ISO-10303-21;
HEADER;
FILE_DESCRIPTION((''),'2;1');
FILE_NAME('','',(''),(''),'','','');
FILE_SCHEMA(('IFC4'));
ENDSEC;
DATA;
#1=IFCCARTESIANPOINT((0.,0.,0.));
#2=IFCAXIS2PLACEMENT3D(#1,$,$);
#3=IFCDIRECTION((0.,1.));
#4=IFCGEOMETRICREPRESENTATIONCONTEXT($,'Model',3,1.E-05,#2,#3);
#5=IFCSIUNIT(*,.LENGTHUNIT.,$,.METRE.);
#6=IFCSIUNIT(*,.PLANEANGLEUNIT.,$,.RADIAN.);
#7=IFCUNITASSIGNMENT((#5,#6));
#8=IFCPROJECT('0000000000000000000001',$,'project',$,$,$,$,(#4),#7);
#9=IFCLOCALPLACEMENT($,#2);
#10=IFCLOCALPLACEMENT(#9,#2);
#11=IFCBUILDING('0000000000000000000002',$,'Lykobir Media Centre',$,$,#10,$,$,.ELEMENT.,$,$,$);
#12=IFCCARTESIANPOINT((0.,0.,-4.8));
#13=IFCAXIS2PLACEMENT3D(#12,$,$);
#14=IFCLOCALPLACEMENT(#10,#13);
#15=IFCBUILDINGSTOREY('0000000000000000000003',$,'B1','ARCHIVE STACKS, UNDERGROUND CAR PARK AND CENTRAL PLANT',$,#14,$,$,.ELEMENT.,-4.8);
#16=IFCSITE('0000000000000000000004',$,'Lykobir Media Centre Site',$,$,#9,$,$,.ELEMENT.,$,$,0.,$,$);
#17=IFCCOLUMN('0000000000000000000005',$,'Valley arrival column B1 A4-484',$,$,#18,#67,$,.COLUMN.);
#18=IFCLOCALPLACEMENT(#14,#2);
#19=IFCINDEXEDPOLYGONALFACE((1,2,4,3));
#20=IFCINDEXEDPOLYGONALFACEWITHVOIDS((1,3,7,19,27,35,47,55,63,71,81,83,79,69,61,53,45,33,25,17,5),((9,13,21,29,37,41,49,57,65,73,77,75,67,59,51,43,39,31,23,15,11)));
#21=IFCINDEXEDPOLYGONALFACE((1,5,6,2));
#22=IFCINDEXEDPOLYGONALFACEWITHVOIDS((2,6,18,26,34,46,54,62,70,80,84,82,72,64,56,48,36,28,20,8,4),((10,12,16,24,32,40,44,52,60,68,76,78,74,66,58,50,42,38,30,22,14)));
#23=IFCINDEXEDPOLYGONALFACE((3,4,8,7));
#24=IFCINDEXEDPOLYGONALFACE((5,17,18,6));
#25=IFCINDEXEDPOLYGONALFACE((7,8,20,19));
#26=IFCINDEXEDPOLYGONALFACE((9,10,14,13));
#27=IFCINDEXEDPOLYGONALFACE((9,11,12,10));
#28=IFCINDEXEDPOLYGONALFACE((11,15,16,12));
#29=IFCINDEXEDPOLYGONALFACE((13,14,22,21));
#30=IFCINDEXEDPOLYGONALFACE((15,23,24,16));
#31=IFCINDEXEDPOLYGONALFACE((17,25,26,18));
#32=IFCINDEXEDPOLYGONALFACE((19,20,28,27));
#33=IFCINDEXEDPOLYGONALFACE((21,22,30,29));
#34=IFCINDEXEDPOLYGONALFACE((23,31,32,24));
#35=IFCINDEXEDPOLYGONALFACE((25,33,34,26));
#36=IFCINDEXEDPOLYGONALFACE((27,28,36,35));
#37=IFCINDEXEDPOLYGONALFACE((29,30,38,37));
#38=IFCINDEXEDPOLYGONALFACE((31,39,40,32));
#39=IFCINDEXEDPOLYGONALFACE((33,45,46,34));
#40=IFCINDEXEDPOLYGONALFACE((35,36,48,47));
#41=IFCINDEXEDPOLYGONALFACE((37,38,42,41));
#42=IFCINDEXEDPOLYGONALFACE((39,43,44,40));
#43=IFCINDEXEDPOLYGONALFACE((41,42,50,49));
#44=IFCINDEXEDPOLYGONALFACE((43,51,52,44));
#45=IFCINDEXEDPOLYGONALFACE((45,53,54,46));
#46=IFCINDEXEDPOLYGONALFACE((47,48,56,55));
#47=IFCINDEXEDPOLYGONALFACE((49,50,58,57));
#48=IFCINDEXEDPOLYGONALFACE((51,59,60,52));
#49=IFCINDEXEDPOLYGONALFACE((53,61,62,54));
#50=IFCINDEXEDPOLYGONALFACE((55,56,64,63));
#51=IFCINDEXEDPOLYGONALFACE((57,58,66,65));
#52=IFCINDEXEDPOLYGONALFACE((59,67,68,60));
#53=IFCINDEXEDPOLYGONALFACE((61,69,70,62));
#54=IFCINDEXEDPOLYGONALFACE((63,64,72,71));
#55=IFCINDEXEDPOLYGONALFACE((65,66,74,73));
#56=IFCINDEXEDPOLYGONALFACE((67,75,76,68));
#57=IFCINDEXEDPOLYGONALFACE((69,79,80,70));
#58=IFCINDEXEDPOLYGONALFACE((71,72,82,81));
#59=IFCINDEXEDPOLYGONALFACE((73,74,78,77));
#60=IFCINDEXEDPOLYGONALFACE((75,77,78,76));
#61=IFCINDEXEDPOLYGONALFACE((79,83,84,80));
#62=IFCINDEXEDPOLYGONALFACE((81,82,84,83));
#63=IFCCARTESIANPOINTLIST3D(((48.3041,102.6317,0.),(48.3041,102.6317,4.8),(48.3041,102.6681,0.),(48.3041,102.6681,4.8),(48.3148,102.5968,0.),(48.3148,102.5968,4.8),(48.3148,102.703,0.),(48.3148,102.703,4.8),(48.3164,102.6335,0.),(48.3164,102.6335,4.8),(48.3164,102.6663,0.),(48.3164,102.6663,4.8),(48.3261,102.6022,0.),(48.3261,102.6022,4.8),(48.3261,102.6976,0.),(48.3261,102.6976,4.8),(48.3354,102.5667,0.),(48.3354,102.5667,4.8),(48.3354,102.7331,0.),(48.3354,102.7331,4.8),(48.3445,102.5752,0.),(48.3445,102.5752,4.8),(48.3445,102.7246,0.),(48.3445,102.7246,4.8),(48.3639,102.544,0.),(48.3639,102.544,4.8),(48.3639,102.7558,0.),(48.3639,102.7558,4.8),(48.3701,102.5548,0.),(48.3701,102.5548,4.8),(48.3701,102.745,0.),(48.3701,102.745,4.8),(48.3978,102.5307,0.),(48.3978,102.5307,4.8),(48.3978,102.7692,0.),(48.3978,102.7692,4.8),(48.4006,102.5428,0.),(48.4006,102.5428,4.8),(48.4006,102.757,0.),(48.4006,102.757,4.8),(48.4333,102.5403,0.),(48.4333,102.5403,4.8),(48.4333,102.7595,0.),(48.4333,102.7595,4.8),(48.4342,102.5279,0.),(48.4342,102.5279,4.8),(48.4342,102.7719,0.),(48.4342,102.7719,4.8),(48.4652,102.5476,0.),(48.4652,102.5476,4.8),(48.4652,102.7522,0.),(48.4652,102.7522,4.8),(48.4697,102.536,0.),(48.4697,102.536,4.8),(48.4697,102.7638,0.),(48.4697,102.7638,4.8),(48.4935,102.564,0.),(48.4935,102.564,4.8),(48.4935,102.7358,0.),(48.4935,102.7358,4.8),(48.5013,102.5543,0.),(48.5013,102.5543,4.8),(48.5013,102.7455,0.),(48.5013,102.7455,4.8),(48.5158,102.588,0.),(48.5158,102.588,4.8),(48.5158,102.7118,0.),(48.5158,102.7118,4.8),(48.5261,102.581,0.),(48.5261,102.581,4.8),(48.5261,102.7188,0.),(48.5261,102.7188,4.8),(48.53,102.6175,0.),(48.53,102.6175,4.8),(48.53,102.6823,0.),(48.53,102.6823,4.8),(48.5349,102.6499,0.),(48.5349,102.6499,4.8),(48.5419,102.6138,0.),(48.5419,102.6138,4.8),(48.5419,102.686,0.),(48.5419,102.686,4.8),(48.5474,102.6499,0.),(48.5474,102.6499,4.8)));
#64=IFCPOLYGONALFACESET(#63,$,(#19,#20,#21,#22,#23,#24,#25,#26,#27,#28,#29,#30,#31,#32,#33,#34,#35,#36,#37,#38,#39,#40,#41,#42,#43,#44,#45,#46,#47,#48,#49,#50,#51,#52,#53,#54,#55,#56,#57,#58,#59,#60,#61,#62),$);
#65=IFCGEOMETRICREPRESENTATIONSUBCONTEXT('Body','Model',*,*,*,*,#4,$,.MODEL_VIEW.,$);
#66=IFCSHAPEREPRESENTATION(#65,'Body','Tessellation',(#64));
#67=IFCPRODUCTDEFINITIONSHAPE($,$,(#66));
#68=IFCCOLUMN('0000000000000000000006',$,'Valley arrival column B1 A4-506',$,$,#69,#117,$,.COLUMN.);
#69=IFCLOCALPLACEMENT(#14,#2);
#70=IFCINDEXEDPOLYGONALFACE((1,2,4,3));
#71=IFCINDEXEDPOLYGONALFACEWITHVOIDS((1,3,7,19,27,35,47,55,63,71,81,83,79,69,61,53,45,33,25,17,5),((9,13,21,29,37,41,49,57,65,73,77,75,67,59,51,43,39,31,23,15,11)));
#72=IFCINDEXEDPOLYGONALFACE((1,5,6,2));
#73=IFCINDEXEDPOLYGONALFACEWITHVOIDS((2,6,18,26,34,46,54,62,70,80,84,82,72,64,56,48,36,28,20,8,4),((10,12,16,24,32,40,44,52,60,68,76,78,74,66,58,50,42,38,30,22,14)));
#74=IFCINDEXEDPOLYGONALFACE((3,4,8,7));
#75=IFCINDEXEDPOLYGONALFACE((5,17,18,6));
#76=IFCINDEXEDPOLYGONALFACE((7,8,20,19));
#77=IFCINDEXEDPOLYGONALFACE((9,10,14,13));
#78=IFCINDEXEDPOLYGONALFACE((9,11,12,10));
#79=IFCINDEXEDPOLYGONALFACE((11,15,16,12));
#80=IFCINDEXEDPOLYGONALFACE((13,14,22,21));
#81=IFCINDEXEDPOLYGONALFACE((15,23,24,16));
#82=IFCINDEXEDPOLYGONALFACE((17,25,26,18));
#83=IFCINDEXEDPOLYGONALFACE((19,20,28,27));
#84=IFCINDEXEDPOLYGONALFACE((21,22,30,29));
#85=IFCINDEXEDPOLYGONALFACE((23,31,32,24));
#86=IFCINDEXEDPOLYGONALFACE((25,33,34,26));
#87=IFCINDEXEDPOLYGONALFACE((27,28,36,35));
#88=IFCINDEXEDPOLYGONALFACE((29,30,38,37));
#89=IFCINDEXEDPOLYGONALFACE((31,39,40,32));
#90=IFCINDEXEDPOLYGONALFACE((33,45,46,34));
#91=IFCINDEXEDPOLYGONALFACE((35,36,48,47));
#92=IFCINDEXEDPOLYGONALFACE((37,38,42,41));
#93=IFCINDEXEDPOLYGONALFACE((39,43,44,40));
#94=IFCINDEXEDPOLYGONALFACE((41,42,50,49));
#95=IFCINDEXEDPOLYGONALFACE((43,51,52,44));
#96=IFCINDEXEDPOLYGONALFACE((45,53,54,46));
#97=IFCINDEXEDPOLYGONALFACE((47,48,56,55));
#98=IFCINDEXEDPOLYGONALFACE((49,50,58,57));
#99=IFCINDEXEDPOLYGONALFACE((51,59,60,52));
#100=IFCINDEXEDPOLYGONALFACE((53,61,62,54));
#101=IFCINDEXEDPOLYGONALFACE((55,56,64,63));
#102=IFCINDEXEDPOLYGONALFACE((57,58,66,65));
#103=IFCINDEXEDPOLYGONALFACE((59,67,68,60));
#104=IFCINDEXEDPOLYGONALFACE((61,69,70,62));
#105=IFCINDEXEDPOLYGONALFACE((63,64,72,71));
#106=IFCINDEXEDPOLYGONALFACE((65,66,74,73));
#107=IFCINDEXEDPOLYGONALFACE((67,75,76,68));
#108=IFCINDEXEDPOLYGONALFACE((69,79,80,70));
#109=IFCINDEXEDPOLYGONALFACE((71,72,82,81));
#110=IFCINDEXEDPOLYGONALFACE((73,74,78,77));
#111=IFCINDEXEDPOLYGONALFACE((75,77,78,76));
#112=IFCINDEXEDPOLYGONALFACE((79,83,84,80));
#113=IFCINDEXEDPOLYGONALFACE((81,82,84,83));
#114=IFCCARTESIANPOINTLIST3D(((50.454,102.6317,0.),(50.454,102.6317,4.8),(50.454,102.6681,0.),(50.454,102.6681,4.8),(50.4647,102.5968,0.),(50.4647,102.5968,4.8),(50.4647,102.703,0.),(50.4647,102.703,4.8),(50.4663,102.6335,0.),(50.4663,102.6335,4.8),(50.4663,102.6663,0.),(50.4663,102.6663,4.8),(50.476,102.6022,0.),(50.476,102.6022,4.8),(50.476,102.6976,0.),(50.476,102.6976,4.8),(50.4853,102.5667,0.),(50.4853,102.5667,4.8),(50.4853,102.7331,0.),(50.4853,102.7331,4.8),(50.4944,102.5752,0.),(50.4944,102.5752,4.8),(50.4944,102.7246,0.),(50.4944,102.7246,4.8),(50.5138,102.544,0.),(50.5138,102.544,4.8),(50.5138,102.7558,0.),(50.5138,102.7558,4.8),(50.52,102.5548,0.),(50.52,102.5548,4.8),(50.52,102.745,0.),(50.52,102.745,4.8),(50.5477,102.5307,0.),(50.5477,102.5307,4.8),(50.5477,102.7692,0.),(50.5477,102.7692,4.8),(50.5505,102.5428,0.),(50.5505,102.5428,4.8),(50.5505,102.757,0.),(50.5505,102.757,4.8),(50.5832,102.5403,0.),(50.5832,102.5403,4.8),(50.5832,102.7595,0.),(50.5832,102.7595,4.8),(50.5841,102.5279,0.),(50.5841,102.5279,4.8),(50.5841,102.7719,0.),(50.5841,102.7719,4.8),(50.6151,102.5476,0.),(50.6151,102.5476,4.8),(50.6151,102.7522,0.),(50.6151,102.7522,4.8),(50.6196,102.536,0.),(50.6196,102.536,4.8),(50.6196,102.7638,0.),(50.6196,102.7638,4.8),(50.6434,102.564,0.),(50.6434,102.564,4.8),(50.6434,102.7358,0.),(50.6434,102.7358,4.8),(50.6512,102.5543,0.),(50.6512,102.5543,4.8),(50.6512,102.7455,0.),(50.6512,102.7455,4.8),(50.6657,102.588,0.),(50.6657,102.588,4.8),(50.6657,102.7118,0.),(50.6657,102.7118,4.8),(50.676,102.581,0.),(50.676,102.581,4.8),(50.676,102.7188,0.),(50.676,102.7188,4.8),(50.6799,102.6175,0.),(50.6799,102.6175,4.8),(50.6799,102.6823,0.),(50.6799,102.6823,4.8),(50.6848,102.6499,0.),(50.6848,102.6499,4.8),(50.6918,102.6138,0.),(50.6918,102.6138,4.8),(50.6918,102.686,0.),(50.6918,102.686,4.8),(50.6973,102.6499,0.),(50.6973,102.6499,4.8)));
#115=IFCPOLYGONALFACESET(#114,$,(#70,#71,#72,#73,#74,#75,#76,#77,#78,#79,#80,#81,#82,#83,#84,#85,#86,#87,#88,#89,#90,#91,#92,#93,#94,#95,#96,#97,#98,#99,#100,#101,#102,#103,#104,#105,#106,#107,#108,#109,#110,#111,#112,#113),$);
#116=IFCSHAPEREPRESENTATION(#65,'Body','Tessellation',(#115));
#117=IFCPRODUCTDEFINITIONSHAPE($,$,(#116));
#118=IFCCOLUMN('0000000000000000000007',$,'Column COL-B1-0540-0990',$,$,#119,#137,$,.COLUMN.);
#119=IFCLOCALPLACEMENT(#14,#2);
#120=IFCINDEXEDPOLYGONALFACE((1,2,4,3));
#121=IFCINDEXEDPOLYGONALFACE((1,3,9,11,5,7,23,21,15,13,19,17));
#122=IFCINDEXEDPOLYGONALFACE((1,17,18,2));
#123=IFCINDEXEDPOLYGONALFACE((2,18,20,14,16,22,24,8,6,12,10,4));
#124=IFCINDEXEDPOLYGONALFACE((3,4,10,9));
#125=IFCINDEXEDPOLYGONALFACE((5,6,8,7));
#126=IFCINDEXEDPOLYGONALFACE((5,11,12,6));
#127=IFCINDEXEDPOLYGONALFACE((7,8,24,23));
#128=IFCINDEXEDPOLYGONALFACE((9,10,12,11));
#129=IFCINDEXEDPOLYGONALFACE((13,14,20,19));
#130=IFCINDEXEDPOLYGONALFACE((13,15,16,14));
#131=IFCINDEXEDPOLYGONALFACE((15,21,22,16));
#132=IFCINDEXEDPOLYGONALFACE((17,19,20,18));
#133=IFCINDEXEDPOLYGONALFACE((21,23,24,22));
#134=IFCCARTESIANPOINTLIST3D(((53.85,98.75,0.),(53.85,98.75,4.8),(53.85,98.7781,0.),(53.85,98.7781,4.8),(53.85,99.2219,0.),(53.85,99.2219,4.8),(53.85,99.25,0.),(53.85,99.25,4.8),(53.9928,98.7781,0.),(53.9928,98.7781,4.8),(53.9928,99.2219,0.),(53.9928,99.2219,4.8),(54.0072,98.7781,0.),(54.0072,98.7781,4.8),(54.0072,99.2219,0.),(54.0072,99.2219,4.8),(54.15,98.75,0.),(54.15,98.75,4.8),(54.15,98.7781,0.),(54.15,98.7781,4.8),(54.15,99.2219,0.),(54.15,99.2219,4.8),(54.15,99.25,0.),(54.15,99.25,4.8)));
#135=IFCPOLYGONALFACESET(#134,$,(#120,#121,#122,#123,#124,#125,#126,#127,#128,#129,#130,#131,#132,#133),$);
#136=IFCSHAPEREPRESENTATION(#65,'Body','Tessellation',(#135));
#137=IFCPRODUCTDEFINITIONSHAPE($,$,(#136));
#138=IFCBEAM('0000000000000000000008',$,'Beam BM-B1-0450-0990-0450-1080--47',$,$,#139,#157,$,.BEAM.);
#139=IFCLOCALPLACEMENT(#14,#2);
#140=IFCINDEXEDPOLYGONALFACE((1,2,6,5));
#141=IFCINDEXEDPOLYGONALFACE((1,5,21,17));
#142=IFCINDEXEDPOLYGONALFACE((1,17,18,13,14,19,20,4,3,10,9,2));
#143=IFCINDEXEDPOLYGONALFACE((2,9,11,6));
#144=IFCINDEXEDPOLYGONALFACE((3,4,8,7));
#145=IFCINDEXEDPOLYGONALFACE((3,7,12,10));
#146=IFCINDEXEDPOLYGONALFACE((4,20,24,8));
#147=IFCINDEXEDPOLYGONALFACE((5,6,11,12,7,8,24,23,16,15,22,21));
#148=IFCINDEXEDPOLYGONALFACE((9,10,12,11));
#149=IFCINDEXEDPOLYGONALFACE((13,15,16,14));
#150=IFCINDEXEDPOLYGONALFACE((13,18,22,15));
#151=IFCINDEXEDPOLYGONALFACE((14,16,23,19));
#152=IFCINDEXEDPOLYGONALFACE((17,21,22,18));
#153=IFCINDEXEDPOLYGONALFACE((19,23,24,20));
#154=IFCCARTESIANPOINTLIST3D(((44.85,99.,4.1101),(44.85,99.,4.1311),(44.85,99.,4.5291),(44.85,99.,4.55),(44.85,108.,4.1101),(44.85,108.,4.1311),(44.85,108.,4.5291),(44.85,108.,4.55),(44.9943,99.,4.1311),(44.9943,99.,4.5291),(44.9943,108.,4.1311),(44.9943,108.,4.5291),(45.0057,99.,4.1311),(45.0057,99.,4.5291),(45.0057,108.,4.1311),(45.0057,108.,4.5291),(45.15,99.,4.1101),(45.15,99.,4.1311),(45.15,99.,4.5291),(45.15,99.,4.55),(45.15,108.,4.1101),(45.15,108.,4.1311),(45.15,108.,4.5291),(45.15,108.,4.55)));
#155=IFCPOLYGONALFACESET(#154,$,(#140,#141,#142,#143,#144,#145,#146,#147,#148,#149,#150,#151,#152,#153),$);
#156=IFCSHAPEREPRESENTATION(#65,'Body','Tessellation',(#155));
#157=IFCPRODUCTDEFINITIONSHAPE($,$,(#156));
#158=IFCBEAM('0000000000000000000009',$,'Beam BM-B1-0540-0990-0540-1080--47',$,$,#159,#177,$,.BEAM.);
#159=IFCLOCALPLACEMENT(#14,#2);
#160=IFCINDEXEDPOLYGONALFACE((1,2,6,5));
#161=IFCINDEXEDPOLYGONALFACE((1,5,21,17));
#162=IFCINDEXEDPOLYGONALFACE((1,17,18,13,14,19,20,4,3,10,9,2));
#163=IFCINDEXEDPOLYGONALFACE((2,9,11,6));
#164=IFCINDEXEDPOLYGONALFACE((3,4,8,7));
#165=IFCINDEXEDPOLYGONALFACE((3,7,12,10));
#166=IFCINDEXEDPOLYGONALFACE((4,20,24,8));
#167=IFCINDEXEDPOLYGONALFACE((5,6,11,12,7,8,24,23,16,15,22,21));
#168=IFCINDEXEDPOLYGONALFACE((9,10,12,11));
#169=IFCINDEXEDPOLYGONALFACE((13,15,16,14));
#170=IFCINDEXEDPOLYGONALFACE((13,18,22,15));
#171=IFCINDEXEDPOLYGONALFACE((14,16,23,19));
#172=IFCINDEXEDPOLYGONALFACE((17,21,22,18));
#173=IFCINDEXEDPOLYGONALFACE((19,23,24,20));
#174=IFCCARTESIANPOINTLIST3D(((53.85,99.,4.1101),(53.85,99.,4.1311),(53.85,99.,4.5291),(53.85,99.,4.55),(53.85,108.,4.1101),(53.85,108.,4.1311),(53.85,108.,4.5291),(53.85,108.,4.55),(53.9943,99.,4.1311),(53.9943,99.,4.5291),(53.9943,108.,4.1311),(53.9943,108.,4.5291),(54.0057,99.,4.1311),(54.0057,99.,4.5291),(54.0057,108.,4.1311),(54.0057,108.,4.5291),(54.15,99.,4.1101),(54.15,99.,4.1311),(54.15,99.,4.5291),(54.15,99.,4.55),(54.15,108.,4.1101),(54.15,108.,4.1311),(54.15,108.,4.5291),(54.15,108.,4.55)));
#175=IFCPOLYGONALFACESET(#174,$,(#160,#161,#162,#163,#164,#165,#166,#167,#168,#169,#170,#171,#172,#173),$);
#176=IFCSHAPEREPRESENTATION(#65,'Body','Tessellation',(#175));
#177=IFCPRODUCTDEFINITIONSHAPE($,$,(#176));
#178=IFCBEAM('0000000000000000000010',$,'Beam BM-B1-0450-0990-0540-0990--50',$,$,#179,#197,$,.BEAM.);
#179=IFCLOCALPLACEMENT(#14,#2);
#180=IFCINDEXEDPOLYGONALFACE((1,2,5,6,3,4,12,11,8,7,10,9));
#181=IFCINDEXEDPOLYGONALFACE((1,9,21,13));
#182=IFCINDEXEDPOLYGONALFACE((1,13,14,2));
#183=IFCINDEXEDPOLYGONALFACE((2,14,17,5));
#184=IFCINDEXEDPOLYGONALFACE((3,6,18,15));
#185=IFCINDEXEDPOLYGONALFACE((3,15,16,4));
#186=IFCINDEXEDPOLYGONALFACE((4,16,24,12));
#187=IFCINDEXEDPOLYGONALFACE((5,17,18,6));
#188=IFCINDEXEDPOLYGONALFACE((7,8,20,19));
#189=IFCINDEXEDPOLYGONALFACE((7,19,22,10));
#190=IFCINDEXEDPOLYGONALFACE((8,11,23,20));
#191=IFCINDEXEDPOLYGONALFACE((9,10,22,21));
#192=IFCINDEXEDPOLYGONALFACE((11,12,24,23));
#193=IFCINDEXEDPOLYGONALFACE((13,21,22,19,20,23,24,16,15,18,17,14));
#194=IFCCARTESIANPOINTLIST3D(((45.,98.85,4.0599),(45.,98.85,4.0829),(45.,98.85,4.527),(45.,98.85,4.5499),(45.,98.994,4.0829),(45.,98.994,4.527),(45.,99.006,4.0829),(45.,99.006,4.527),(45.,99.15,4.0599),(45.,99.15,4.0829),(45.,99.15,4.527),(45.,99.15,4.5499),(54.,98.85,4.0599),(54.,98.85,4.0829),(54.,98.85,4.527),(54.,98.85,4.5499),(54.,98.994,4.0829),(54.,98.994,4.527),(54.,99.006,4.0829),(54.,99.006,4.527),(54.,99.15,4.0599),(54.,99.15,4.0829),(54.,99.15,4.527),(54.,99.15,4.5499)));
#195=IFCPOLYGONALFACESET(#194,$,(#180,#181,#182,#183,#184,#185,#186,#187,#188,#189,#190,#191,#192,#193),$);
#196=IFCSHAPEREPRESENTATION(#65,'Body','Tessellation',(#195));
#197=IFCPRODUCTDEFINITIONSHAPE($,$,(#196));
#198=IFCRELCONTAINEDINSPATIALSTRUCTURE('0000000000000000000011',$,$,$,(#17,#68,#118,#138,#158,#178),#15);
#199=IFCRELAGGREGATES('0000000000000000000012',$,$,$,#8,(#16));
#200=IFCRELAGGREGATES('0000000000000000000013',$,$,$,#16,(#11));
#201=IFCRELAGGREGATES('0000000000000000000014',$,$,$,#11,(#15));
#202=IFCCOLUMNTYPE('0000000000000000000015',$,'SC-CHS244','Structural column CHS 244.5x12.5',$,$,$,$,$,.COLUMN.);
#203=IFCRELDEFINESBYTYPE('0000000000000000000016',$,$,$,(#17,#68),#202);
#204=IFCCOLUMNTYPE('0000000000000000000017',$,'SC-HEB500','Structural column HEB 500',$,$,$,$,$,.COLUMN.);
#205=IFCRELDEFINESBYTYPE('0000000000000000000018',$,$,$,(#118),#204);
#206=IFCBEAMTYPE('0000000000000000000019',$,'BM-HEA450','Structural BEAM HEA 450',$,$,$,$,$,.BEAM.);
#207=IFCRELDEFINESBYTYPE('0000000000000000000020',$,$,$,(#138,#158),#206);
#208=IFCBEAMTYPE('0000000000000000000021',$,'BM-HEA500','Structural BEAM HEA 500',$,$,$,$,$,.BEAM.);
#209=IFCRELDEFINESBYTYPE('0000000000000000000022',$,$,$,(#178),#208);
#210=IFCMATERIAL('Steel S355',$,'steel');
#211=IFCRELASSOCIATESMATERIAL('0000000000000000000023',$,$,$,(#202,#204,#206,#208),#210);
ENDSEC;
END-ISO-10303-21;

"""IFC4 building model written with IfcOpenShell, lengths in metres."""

from ifc_helpers import new_model, si_unit, direction, frame, origin, origin_2d, place, context, subcontext, project, spatial, hollow_circle, i_section, extrude, material, material_profile, profile_set, type_object, element, save


model = new_model("IFC4")

# Units and contexts
model_context = context("Model", 3, precision=1e-05, world=origin(), true_north=direction((0.0, 1.0)))
body_context = subcontext(model_context, "Body", "Model", "MODEL_VIEW")
ifc_project = project(units=[si_unit("LENGTHUNIT", "METRE"), si_unit("PLANEANGLEUNIT", "RADIAN")], contexts=[model_context])

# Site, building, storey
site_placement = place(None, origin())
site = spatial("IfcSite", under=ifc_project, at=site_placement, Name="Lykobir Media Centre Site", CompositionType="ELEMENT", RefElevation=0.0)
building_placement = place(site_placement, origin())
building = spatial("IfcBuilding", under=site, at=building_placement, Name="Lykobir Media Centre", CompositionType="ELEMENT")
storey_placement = place(building_placement, frame((0.0, 0.0, -4.8)))
storey = spatial("IfcBuildingStorey", under=building, at=storey_placement, Name="B1", Description="ARCHIVE STACKS, UNDERGROUND CAR PARK AND CENTRAL PLANT", CompositionType="ELEMENT", Elevation=-4.8)

# Columns
ifc_material_1 = material(Name="Steel S355", Category="steel")
ifc_material_profile_1 = material_profile(ifc_material_1, hollow_circle(Radius=0.1223, WallThickness=0.0125, at=origin_2d()), Name="CHS 244.5x12.5")
ifc_profile_set_1 = profile_set([ifc_material_profile_1], Name="Steel S355")
column_type_1 = type_object("IfcColumnType", Name="SC-CHS244", Description="Structural column CHS 244.5x12.5", PredefinedType="COLUMN", material=ifc_profile_set_1)
for number, where, z_axis, x_axis, name in (
    (1, (48.425, 102.6499, 0.0), (0.0, 0.0, 1.0), (1.0, 0.0, 0.0), "Valley arrival column B1 A4-484"),
    (2, (50.575, 102.6499, 0.0), (0.0, 0.0, 1.0), (1.0, 0.0, 0.0), "Valley arrival column B1 A4-506"),
):
    element("IfcColumn", number, at=place(storey_placement, frame(where, z_axis=z_axis, x_axis=x_axis)), inside=storey, type_object=column_type_1, Name=name, PredefinedType="COLUMN", context=body_context, shape_type="SweptSolid", body=[
        extrude(hollow_circle(Radius=0.1223, WallThickness=0.0125, at=origin_2d()), origin(), (0.0, 0.0, 1.0), 4.8),
    ])
ifc_material_profile_2 = material_profile(ifc_material_1, i_section(OverallWidth=0.3, OverallDepth=0.5, WebThickness=0.0144, FlangeThickness=0.0281, at=origin_2d()), Name="HEB 500")
ifc_profile_set_2 = profile_set([ifc_material_profile_2], Name="Steel S355")
column_type_2 = type_object("IfcColumnType", Name="SC-HEB500", Description="Structural column HEB 500", PredefinedType="COLUMN", material=ifc_profile_set_2)
column_placement = place(storey_placement, frame((54.0, 99.0, 0.0), z_axis=(0.0, 0.0, 1.0), x_axis=(1.0, 0.0, 0.0)))
element("IfcColumn", 3, at=column_placement, inside=storey, type_object=column_type_2, Name="Column COL-B1-0540-0990", PredefinedType="COLUMN", context=body_context, shape_type="SweptSolid", body=[
    extrude(i_section(OverallWidth=0.3, OverallDepth=0.5, WebThickness=0.0144, FlangeThickness=0.0281, at=origin_2d()), origin(), (0.0, 0.0, 1.0), 4.8),
])

# Beams
ifc_material_profile_3 = material_profile(ifc_material_1, i_section(OverallWidth=0.3, OverallDepth=0.4399, WebThickness=0.0115, FlangeThickness=0.021, at=origin_2d()), Name="HEA 450")
ifc_profile_set_3 = profile_set([ifc_material_profile_3], Name="Steel S355")
beam_type_1 = type_object("IfcBeamType", Name="BM-HEA450", Description="Structural BEAM HEA 450", PredefinedType="BEAM", material=ifc_profile_set_3)
for number, where, z_axis, x_axis, name in (
    (4, (45.0, 99.0, 4.3301), (0.0, 1.0, 0.0), (-1.0, 0.0, 0.0), "Beam BM-B1-0450-0990-0450-1080--47"),
    (5, (54.0, 99.0, 4.3301), (0.0, 1.0, 0.0), (-1.0, 0.0, 0.0), "Beam BM-B1-0540-0990-0540-1080--47"),
):
    element("IfcBeam", number, at=place(storey_placement, frame(where, z_axis=z_axis, x_axis=x_axis)), inside=storey, type_object=beam_type_1, Name=name, PredefinedType="BEAM", context=body_context, shape_type="SweptSolid", body=[
        extrude(i_section(OverallWidth=0.3, OverallDepth=0.4399, WebThickness=0.0115, FlangeThickness=0.021, at=origin_2d()), origin(), (0.0, 0.0, 1.0), 9.0),
    ])
ifc_material_profile_4 = material_profile(ifc_material_1, i_section(OverallWidth=0.3, OverallDepth=0.49, WebThickness=0.012, FlangeThickness=0.0229, at=origin_2d()), Name="HEA 500")
ifc_profile_set_4 = profile_set([ifc_material_profile_4], Name="Steel S355")
beam_type_2 = type_object("IfcBeamType", Name="BM-HEA500", Description="Structural BEAM HEA 500", PredefinedType="BEAM", material=ifc_profile_set_4)
beam_1_placement = place(storey_placement, frame((45.0, 99.0, 4.3049), z_axis=(1.0, 0.0, 0.0), x_axis=(0.0, 1.0, 0.0)))
element("IfcBeam", 6, at=beam_1_placement, inside=storey, type_object=beam_type_2, Name="Beam BM-B1-0450-0990-0540-0990--50", PredefinedType="BEAM", context=body_context, shape_type="SweptSolid", body=[
    extrude(i_section(OverallWidth=0.3, OverallDepth=0.49, WebThickness=0.012, FlangeThickness=0.0229, at=origin_2d()), origin(), (0.0, 0.0, 1.0), 9.0),
])

save(model, "model.ifc")
